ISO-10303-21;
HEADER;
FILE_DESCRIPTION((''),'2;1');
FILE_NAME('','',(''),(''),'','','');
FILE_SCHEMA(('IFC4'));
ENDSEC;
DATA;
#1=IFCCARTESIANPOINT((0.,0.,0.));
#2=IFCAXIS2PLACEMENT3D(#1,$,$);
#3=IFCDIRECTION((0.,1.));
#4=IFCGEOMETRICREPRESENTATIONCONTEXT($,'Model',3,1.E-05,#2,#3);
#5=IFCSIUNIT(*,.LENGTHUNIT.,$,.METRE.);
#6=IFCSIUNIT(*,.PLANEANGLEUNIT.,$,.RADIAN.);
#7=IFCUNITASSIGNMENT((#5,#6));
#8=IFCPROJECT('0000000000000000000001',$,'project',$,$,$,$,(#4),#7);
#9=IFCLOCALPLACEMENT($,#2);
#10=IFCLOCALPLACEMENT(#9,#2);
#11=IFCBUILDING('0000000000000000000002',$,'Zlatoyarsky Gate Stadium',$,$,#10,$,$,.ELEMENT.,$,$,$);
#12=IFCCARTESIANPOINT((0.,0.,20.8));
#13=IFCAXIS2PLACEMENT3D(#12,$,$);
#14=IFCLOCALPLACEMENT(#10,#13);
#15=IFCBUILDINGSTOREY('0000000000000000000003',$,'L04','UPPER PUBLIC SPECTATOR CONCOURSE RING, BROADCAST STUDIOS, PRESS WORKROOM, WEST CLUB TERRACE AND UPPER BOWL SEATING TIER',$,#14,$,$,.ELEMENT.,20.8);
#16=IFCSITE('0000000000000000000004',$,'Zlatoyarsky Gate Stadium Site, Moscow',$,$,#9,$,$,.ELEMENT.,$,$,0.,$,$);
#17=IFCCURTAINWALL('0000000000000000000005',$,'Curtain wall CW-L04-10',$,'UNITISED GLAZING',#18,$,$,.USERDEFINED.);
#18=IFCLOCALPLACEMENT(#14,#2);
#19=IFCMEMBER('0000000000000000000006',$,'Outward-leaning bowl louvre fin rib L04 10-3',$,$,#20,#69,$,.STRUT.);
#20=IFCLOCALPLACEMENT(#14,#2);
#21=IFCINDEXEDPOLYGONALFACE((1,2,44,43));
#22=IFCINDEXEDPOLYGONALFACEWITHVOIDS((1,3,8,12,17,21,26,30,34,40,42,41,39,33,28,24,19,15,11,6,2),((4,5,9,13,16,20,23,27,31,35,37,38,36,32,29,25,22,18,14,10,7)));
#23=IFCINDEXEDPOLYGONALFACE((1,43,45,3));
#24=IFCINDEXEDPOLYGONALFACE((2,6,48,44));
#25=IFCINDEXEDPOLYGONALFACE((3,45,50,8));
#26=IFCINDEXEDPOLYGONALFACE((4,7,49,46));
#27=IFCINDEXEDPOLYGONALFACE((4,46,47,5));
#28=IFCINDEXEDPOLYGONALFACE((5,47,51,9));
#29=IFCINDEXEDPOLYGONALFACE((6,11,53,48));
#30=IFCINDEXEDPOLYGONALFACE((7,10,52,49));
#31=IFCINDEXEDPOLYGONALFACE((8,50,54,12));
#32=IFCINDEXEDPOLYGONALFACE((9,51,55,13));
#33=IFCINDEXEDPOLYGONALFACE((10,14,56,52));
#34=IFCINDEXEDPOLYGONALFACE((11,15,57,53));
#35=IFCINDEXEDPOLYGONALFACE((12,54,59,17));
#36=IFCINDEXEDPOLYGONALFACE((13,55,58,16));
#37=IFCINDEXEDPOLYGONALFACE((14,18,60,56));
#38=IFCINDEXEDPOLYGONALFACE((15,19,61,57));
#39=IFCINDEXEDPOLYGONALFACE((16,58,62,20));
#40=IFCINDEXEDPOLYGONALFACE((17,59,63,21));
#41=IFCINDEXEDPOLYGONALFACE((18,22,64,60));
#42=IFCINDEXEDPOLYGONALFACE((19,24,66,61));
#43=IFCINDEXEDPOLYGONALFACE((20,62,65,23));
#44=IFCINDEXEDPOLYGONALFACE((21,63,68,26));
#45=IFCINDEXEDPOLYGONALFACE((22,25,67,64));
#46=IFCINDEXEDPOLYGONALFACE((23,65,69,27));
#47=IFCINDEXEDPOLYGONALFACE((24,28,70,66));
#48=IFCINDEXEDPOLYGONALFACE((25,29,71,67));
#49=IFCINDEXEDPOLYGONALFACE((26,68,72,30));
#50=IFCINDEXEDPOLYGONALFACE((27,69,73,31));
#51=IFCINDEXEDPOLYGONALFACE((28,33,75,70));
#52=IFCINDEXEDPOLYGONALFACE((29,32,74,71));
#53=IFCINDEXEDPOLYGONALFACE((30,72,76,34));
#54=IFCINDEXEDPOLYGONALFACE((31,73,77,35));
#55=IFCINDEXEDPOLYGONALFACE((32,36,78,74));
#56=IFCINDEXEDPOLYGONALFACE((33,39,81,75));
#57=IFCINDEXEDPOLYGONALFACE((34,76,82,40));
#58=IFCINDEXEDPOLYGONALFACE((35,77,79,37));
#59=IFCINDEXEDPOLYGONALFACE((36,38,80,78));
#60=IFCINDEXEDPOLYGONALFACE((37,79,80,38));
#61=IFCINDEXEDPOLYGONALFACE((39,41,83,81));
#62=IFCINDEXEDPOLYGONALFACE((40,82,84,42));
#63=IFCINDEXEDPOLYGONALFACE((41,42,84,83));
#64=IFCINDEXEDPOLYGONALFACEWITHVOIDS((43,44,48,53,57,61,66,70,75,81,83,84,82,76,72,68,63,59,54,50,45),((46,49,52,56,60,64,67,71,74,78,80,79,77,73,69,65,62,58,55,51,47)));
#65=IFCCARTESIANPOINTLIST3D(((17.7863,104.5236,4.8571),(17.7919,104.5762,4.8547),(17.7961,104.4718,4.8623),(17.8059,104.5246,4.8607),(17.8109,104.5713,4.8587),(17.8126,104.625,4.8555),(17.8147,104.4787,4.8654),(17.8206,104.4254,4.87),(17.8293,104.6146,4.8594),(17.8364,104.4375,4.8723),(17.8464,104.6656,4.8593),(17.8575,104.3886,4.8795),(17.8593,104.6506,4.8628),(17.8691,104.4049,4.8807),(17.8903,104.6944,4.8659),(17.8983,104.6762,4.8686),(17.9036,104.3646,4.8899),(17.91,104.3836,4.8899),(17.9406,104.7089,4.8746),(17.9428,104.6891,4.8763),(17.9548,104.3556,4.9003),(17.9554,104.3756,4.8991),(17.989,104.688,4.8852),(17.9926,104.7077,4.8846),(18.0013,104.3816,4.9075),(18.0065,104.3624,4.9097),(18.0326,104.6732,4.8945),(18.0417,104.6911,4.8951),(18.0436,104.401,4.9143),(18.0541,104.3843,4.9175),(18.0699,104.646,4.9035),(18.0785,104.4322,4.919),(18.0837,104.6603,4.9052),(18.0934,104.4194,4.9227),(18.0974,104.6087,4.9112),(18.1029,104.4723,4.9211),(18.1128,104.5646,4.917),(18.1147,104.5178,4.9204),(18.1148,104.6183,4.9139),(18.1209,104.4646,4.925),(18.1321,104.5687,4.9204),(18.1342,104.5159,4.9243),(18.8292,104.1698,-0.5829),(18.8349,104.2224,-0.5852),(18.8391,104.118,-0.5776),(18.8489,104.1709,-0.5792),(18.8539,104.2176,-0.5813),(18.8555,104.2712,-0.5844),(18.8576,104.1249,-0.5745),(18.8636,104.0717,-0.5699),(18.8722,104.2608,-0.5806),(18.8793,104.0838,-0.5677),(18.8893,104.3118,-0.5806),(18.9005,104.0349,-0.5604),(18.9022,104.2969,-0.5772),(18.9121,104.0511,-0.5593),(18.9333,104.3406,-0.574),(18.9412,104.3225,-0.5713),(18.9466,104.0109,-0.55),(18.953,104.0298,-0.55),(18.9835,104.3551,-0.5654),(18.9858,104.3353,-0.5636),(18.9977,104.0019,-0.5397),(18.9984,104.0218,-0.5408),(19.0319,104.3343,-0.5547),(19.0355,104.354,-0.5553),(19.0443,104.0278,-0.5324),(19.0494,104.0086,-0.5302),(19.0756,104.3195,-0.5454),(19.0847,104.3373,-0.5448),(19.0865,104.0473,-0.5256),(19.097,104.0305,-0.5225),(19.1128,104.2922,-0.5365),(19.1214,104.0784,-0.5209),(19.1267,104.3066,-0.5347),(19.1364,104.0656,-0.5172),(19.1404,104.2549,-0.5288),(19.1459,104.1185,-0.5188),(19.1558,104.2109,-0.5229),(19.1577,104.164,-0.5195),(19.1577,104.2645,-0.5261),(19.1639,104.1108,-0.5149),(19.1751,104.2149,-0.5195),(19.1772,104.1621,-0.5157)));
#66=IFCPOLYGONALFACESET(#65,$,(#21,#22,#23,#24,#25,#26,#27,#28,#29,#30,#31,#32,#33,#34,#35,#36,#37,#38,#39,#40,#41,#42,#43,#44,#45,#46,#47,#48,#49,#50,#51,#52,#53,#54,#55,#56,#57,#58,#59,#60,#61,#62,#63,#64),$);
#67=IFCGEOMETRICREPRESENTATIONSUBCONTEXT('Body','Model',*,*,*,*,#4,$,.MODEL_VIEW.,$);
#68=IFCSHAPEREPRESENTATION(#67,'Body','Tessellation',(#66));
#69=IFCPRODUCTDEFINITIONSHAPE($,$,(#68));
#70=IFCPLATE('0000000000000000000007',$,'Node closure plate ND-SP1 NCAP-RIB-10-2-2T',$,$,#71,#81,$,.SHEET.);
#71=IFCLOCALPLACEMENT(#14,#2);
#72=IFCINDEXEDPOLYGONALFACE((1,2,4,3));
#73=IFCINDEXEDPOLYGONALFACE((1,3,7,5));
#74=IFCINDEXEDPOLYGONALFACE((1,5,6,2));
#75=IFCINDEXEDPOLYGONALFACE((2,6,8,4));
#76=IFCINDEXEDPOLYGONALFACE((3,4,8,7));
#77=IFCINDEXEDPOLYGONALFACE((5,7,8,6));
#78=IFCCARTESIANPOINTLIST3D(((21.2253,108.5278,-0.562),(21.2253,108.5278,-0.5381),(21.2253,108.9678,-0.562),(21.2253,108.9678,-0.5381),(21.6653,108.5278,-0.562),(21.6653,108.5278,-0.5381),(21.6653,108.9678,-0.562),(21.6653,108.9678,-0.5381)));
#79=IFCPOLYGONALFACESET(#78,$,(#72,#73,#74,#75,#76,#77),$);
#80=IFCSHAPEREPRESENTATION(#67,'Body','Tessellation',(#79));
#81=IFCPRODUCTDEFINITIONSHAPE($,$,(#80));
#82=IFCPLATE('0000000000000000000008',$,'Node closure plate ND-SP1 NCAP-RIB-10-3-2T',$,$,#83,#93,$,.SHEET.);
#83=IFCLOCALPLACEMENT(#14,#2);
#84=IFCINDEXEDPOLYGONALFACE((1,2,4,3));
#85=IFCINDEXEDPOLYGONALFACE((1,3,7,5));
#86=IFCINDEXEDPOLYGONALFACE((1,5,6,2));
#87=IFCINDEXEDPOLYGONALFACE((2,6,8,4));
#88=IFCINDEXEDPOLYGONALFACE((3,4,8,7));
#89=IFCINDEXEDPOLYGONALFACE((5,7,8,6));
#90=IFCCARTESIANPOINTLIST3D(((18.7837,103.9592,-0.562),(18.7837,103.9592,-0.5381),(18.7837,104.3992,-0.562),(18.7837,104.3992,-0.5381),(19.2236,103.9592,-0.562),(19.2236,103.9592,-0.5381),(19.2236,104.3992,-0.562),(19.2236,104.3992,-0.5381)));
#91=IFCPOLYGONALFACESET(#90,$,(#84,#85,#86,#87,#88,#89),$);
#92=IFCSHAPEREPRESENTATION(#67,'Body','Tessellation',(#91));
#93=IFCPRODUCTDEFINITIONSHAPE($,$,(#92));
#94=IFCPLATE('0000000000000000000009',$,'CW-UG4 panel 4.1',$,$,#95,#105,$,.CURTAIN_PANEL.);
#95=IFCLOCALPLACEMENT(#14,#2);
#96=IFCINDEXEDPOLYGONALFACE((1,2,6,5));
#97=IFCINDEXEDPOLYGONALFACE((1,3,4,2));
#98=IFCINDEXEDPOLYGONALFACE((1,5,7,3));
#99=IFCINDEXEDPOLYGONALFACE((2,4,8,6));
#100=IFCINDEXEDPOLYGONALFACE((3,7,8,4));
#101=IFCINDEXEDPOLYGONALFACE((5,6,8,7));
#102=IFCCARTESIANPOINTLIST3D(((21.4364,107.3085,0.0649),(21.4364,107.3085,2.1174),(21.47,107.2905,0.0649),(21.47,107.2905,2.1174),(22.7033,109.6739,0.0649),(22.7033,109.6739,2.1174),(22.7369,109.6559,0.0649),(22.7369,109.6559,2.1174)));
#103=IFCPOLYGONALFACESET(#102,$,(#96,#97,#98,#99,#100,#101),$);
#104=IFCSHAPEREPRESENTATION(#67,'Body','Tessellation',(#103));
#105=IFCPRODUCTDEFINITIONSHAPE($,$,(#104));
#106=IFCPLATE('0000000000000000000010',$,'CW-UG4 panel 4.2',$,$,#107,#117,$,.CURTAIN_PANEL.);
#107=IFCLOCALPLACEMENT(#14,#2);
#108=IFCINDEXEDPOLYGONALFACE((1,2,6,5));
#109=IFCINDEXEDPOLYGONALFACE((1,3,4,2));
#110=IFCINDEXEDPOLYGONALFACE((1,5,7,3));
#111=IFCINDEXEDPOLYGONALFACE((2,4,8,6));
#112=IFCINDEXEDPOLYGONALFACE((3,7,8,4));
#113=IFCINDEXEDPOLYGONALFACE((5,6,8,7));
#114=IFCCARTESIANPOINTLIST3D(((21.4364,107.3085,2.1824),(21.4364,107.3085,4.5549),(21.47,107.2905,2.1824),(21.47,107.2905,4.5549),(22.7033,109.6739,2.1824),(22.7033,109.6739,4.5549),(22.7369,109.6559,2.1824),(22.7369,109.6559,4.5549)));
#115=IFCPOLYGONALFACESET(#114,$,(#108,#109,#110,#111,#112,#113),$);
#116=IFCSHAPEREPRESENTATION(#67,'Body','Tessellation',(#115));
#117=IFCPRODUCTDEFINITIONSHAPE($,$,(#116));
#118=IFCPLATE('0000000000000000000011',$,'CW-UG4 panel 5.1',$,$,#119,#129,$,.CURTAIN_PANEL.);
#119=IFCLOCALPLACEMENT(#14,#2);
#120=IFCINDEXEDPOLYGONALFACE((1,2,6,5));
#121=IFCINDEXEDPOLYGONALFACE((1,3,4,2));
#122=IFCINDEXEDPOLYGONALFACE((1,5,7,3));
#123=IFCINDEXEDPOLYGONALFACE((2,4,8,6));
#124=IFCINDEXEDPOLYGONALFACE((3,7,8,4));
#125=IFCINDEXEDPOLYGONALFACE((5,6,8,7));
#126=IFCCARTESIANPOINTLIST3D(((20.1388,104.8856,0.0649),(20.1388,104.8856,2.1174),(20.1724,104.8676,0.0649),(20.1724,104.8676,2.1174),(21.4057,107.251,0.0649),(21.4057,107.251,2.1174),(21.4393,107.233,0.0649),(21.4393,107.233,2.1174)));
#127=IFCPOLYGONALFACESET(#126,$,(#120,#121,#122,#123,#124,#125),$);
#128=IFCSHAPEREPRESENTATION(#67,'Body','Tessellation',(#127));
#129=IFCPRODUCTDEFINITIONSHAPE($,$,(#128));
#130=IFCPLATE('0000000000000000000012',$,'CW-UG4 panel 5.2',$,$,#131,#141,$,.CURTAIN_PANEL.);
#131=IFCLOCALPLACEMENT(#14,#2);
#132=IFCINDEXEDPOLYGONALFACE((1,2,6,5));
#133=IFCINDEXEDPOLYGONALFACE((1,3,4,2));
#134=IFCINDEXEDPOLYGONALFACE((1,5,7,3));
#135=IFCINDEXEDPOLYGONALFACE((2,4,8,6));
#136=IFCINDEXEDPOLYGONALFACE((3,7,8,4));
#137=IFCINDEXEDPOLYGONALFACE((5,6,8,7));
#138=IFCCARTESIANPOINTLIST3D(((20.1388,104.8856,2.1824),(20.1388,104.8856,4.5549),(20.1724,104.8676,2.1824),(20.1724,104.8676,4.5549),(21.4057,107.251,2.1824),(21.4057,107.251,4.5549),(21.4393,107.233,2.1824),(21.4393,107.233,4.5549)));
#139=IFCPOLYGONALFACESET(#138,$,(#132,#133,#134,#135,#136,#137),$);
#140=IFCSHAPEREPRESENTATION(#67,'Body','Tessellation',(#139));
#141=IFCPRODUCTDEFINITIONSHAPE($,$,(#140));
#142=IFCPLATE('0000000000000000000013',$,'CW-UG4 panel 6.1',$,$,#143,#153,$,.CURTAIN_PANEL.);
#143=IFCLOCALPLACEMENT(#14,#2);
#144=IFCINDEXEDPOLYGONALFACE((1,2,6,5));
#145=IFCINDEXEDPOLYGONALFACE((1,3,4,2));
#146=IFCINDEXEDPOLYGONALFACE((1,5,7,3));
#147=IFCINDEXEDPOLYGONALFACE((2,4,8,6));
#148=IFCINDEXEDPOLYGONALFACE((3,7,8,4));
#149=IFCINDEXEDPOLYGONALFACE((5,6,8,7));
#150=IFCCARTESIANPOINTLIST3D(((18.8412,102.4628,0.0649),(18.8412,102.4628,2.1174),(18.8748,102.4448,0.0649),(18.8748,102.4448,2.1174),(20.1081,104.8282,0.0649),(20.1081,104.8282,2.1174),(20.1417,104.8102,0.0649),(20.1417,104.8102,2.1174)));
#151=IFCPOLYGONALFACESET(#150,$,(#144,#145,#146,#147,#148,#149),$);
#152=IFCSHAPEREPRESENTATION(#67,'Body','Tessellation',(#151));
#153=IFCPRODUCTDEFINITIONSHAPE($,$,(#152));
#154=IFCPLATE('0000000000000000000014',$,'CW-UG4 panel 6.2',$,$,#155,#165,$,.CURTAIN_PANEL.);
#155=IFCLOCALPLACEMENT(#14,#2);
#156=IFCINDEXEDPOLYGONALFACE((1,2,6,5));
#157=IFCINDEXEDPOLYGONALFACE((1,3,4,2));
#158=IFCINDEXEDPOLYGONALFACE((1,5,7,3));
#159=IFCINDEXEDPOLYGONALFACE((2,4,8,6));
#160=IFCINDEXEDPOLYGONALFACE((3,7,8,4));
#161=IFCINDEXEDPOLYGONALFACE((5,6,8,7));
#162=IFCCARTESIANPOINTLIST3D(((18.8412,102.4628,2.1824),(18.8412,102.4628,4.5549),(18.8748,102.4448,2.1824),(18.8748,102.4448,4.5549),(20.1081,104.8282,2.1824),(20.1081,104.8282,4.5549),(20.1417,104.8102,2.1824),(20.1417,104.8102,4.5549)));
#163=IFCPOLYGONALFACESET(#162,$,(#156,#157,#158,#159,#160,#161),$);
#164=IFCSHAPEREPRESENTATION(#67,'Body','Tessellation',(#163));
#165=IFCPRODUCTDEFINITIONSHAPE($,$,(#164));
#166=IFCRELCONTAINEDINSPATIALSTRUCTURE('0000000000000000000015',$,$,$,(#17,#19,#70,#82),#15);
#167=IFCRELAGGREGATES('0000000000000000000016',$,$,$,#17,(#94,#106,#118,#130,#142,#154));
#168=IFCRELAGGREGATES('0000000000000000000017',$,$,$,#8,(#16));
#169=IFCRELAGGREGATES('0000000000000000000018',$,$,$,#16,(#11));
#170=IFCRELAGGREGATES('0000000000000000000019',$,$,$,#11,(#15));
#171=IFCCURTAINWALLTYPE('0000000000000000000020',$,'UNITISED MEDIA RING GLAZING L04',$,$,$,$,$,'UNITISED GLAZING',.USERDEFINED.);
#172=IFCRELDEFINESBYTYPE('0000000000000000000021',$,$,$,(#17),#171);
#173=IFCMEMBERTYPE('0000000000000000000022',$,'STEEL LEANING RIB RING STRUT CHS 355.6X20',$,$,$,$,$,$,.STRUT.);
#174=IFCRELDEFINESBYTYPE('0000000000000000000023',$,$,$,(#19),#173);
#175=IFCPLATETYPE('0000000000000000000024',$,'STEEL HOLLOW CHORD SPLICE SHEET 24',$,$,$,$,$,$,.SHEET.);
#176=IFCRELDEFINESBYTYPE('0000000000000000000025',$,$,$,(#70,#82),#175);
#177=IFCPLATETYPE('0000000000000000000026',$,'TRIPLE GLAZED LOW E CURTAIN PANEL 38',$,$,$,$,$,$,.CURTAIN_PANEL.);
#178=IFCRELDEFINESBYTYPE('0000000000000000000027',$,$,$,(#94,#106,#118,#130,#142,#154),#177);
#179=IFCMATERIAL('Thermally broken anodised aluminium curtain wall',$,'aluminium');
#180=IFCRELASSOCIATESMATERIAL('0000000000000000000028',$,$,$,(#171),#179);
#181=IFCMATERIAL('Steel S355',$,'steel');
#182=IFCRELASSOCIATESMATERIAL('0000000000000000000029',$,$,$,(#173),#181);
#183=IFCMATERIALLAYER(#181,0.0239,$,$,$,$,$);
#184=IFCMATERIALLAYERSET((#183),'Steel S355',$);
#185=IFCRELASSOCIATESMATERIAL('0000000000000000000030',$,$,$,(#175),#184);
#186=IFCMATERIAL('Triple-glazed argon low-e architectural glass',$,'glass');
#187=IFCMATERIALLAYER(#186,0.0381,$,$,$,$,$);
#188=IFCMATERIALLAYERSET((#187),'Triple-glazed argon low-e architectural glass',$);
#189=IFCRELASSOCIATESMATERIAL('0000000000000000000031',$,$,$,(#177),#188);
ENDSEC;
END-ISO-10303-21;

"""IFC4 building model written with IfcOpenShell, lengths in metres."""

from ifc_helpers import new_model, si_unit, direction, frame, origin, origin_2d, place, context, subcontext, project, spatial, rectangle, hollow_circle, extrude, material, layer, layer_set, material_profile, profile_set, type_object, element, aggregate, save


model = new_model("IFC4")

# Units and contexts
model_context = context("Model", 3, precision=1e-05, world=origin(), true_north=direction((0.0, 1.0)))
body_context = subcontext(model_context, "Body", "Model", "MODEL_VIEW")
ifc_project = project(units=[si_unit("LENGTHUNIT", "METRE"), si_unit("PLANEANGLEUNIT", "RADIAN")], contexts=[model_context])

# Site, building, storey
site_placement = place(None, origin())
site = spatial("IfcSite", under=ifc_project, at=site_placement, Name="Zlatoyarsky Gate Stadium Site, Moscow", CompositionType="ELEMENT", RefElevation=0.0)
building_placement = place(site_placement, origin())
building = spatial("IfcBuilding", under=site, at=building_placement, Name="Zlatoyarsky Gate Stadium", CompositionType="ELEMENT")
storey_placement = place(building_placement, frame((0.0, 0.0, 20.8)))
storey = spatial("IfcBuildingStorey", under=building, at=storey_placement, Name="L04", Description="UPPER PUBLIC SPECTATOR CONCOURSE RING, BROADCAST STUDIOS, PRESS WORKROOM, WEST CLUB TERRACE AND UPPER BOWL SEATING TIER", CompositionType="ELEMENT", Elevation=20.8)

# Curtain wall
ifc_material_1 = material(Name="Thermally broken anodised aluminium curtain wall", Category="aluminium")
curtain_wall_type = type_object("IfcCurtainWallType", Name="UNITISED MEDIA RING GLAZING L04", ElementType="UNITISED GLAZING", PredefinedType="USERDEFINED", material=ifc_material_1)
curtain_wall_placement = place(storey_placement, origin())
curtain_wall = element("IfcCurtainWall", 1, at=curtain_wall_placement, inside=storey, type_object=curtain_wall_type, Name="Curtain wall CW-L04-10", ObjectType="UNITISED GLAZING", PredefinedType="USERDEFINED")

# Member
ifc_material_2 = material(Name="Steel S355", Category="steel")
ifc_material_profile_1 = material_profile(ifc_material_2, hollow_circle(Radius=0.1777, WallThickness=0.02, at=origin_2d()), Name="CHS 355.6X20")
ifc_profile_set_1 = profile_set([ifc_material_profile_1], Name="Steel S355")
member_type_1 = type_object("IfcMemberType", Name="STEEL LEANING RIB RING STRUT CHS 355.6X20", PredefinedType="STRUT", material=ifc_profile_set_1)
member_1_placement = place(storey_placement, frame((19.0037, 104.1792, -0.55), z_axis=(-0.187912, 0.063737, 0.980116), x_axis=(-0.321211, -0.947008, 0.0)))
element("IfcMember", 2, at=member_1_placement, inside=storey, type_object=member_type_1, Name="Outward-leaning bowl louvre fin rib L04 10-3", PredefinedType="STRUT", context=body_context, shape_type="SweptSolid", body=[
    extrude(hollow_circle(Radius=0.1777, WallThickness=0.02, at=origin_2d()), origin(), (0.0, 0.0, 1.0), 5.5503),
])

# Plates
ifc_layer_1 = layer(ifc_material_2, 0.0239)
ifc_layer_set_1 = layer_set([ifc_layer_1], Name="Steel S355")
plate_type_1 = type_object("IfcPlateType", Name="STEEL HOLLOW CHORD SPLICE SHEET 24", PredefinedType="SHEET", material=ifc_layer_set_1)
for number, where, z_axis, x_axis, name in (
    (3, (21.4453, 108.7478, -0.562), (0.0, 0.0, 1.0), (1.0, 0.0, 0.0), "Node closure plate ND-SP1 NCAP-RIB-10-2-2T"),
    (4, (19.0037, 104.1792, -0.562), (0.0, 0.0, 1.0), (1.0, 0.0, 0.0), "Node closure plate ND-SP1 NCAP-RIB-10-3-2T"),
):
    element("IfcPlate", number, at=place(storey_placement, frame(where, z_axis=z_axis, x_axis=x_axis)), inside=storey, type_object=plate_type_1, Name=name, PredefinedType="SHEET", context=body_context, shape_type="SweptSolid", body=[
        extrude(rectangle(XDim=0.4399, YDim=0.4399, at=origin_2d()), origin(), (0.0, 0.0, 1.0), 0.0239),
    ])

# Plates
ifc_material_3 = material(Name="Triple-glazed argon low-e architectural glass", Category="glass")
ifc_layer_2 = layer(ifc_material_3, 0.0381)
ifc_layer_set_2 = layer_set([ifc_layer_2], Name="Triple-glazed argon low-e architectural glass")
plate_type_2 = type_object("IfcPlateType", Name="TRIPLE GLAZED LOW E CURTAIN PANEL 38", PredefinedType="CURTAIN_PANEL", material=ifc_layer_set_2)
plate_1_placement = place(storey_placement, frame((22.0867, 108.4822, 0.0649), z_axis=(0.0, 0.0, 1.0), x_axis=(-0.472145, -0.881521, 0.0)))
plate_1 = element("IfcPlate", 5, at=plate_1_placement, type_object=plate_type_2, Name="CW-UG4 panel 4.1", PredefinedType="CURTAIN_PANEL", context=body_context, shape_type="SweptSolid", body=[
    extrude(rectangle(XDim=2.6833, YDim=0.0381, at=origin_2d()), origin(), (0.0, 0.0, 1.0), 2.0525),
])
plate_2_placement = place(storey_placement, frame((22.0867, 108.4822, 2.1824), z_axis=(0.0, 0.0, 1.0), x_axis=(-0.472145, -0.881521, 0.0)))
plate_2 = element("IfcPlate", 6, at=plate_2_placement, type_object=plate_type_2, Name="CW-UG4 panel 4.2", PredefinedType="CURTAIN_PANEL", context=body_context, shape_type="SweptSolid", body=[
    extrude(rectangle(XDim=2.6833, YDim=0.0381, at=origin_2d()), origin(), (0.0, 0.0, 1.0), 2.3726),
])
plate_3_placement = place(storey_placement, frame((20.7891, 106.0593, 0.0649), z_axis=(0.0, 0.0, 1.0), x_axis=(-0.472145, -0.881521, 0.0)))
plate_3 = element("IfcPlate", 7, at=plate_3_placement, type_object=plate_type_2, Name="CW-UG4 panel 5.1", PredefinedType="CURTAIN_PANEL", context=body_context, shape_type="SweptSolid", body=[
    extrude(rectangle(XDim=2.6833, YDim=0.0381, at=origin_2d()), origin(), (0.0, 0.0, 1.0), 2.0525),
])
plate_4_placement = place(storey_placement, frame((20.7891, 106.0593, 2.1824), z_axis=(0.0, 0.0, 1.0), x_axis=(-0.472145, -0.881521, 0.0)))
plate_4 = element("IfcPlate", 8, at=plate_4_placement, type_object=plate_type_2, Name="CW-UG4 panel 5.2", PredefinedType="CURTAIN_PANEL", context=body_context, shape_type="SweptSolid", body=[
    extrude(rectangle(XDim=2.6833, YDim=0.0381, at=origin_2d()), origin(), (0.0, 0.0, 1.0), 2.3726),
])
plate_5_placement = place(storey_placement, frame((19.4915, 103.6365, 0.0649), z_axis=(0.0, 0.0, 1.0), x_axis=(-0.472145, -0.881521, 0.0)))
plate_5 = element("IfcPlate", 9, at=plate_5_placement, type_object=plate_type_2, Name="CW-UG4 panel 6.1", PredefinedType="CURTAIN_PANEL", context=body_context, shape_type="SweptSolid", body=[
    extrude(rectangle(XDim=2.6833, YDim=0.0381, at=origin_2d()), origin(), (0.0, 0.0, 1.0), 2.0525),
])
plate_6_placement = place(storey_placement, frame((19.4915, 103.6365, 2.1824), z_axis=(0.0, 0.0, 1.0), x_axis=(-0.472145, -0.881521, 0.0)))
plate_6 = element("IfcPlate", 10, at=plate_6_placement, type_object=plate_type_2, Name="CW-UG4 panel 6.2", PredefinedType="CURTAIN_PANEL", context=body_context, shape_type="SweptSolid", body=[
    extrude(rectangle(XDim=2.6833, YDim=0.0381, at=origin_2d()), origin(), (0.0, 0.0, 1.0), 2.3726),
])
aggregate(curtain_wall, [plate_1, plate_2, plate_3, plate_4, plate_5, plate_6])

save(model, "model.ifc")
